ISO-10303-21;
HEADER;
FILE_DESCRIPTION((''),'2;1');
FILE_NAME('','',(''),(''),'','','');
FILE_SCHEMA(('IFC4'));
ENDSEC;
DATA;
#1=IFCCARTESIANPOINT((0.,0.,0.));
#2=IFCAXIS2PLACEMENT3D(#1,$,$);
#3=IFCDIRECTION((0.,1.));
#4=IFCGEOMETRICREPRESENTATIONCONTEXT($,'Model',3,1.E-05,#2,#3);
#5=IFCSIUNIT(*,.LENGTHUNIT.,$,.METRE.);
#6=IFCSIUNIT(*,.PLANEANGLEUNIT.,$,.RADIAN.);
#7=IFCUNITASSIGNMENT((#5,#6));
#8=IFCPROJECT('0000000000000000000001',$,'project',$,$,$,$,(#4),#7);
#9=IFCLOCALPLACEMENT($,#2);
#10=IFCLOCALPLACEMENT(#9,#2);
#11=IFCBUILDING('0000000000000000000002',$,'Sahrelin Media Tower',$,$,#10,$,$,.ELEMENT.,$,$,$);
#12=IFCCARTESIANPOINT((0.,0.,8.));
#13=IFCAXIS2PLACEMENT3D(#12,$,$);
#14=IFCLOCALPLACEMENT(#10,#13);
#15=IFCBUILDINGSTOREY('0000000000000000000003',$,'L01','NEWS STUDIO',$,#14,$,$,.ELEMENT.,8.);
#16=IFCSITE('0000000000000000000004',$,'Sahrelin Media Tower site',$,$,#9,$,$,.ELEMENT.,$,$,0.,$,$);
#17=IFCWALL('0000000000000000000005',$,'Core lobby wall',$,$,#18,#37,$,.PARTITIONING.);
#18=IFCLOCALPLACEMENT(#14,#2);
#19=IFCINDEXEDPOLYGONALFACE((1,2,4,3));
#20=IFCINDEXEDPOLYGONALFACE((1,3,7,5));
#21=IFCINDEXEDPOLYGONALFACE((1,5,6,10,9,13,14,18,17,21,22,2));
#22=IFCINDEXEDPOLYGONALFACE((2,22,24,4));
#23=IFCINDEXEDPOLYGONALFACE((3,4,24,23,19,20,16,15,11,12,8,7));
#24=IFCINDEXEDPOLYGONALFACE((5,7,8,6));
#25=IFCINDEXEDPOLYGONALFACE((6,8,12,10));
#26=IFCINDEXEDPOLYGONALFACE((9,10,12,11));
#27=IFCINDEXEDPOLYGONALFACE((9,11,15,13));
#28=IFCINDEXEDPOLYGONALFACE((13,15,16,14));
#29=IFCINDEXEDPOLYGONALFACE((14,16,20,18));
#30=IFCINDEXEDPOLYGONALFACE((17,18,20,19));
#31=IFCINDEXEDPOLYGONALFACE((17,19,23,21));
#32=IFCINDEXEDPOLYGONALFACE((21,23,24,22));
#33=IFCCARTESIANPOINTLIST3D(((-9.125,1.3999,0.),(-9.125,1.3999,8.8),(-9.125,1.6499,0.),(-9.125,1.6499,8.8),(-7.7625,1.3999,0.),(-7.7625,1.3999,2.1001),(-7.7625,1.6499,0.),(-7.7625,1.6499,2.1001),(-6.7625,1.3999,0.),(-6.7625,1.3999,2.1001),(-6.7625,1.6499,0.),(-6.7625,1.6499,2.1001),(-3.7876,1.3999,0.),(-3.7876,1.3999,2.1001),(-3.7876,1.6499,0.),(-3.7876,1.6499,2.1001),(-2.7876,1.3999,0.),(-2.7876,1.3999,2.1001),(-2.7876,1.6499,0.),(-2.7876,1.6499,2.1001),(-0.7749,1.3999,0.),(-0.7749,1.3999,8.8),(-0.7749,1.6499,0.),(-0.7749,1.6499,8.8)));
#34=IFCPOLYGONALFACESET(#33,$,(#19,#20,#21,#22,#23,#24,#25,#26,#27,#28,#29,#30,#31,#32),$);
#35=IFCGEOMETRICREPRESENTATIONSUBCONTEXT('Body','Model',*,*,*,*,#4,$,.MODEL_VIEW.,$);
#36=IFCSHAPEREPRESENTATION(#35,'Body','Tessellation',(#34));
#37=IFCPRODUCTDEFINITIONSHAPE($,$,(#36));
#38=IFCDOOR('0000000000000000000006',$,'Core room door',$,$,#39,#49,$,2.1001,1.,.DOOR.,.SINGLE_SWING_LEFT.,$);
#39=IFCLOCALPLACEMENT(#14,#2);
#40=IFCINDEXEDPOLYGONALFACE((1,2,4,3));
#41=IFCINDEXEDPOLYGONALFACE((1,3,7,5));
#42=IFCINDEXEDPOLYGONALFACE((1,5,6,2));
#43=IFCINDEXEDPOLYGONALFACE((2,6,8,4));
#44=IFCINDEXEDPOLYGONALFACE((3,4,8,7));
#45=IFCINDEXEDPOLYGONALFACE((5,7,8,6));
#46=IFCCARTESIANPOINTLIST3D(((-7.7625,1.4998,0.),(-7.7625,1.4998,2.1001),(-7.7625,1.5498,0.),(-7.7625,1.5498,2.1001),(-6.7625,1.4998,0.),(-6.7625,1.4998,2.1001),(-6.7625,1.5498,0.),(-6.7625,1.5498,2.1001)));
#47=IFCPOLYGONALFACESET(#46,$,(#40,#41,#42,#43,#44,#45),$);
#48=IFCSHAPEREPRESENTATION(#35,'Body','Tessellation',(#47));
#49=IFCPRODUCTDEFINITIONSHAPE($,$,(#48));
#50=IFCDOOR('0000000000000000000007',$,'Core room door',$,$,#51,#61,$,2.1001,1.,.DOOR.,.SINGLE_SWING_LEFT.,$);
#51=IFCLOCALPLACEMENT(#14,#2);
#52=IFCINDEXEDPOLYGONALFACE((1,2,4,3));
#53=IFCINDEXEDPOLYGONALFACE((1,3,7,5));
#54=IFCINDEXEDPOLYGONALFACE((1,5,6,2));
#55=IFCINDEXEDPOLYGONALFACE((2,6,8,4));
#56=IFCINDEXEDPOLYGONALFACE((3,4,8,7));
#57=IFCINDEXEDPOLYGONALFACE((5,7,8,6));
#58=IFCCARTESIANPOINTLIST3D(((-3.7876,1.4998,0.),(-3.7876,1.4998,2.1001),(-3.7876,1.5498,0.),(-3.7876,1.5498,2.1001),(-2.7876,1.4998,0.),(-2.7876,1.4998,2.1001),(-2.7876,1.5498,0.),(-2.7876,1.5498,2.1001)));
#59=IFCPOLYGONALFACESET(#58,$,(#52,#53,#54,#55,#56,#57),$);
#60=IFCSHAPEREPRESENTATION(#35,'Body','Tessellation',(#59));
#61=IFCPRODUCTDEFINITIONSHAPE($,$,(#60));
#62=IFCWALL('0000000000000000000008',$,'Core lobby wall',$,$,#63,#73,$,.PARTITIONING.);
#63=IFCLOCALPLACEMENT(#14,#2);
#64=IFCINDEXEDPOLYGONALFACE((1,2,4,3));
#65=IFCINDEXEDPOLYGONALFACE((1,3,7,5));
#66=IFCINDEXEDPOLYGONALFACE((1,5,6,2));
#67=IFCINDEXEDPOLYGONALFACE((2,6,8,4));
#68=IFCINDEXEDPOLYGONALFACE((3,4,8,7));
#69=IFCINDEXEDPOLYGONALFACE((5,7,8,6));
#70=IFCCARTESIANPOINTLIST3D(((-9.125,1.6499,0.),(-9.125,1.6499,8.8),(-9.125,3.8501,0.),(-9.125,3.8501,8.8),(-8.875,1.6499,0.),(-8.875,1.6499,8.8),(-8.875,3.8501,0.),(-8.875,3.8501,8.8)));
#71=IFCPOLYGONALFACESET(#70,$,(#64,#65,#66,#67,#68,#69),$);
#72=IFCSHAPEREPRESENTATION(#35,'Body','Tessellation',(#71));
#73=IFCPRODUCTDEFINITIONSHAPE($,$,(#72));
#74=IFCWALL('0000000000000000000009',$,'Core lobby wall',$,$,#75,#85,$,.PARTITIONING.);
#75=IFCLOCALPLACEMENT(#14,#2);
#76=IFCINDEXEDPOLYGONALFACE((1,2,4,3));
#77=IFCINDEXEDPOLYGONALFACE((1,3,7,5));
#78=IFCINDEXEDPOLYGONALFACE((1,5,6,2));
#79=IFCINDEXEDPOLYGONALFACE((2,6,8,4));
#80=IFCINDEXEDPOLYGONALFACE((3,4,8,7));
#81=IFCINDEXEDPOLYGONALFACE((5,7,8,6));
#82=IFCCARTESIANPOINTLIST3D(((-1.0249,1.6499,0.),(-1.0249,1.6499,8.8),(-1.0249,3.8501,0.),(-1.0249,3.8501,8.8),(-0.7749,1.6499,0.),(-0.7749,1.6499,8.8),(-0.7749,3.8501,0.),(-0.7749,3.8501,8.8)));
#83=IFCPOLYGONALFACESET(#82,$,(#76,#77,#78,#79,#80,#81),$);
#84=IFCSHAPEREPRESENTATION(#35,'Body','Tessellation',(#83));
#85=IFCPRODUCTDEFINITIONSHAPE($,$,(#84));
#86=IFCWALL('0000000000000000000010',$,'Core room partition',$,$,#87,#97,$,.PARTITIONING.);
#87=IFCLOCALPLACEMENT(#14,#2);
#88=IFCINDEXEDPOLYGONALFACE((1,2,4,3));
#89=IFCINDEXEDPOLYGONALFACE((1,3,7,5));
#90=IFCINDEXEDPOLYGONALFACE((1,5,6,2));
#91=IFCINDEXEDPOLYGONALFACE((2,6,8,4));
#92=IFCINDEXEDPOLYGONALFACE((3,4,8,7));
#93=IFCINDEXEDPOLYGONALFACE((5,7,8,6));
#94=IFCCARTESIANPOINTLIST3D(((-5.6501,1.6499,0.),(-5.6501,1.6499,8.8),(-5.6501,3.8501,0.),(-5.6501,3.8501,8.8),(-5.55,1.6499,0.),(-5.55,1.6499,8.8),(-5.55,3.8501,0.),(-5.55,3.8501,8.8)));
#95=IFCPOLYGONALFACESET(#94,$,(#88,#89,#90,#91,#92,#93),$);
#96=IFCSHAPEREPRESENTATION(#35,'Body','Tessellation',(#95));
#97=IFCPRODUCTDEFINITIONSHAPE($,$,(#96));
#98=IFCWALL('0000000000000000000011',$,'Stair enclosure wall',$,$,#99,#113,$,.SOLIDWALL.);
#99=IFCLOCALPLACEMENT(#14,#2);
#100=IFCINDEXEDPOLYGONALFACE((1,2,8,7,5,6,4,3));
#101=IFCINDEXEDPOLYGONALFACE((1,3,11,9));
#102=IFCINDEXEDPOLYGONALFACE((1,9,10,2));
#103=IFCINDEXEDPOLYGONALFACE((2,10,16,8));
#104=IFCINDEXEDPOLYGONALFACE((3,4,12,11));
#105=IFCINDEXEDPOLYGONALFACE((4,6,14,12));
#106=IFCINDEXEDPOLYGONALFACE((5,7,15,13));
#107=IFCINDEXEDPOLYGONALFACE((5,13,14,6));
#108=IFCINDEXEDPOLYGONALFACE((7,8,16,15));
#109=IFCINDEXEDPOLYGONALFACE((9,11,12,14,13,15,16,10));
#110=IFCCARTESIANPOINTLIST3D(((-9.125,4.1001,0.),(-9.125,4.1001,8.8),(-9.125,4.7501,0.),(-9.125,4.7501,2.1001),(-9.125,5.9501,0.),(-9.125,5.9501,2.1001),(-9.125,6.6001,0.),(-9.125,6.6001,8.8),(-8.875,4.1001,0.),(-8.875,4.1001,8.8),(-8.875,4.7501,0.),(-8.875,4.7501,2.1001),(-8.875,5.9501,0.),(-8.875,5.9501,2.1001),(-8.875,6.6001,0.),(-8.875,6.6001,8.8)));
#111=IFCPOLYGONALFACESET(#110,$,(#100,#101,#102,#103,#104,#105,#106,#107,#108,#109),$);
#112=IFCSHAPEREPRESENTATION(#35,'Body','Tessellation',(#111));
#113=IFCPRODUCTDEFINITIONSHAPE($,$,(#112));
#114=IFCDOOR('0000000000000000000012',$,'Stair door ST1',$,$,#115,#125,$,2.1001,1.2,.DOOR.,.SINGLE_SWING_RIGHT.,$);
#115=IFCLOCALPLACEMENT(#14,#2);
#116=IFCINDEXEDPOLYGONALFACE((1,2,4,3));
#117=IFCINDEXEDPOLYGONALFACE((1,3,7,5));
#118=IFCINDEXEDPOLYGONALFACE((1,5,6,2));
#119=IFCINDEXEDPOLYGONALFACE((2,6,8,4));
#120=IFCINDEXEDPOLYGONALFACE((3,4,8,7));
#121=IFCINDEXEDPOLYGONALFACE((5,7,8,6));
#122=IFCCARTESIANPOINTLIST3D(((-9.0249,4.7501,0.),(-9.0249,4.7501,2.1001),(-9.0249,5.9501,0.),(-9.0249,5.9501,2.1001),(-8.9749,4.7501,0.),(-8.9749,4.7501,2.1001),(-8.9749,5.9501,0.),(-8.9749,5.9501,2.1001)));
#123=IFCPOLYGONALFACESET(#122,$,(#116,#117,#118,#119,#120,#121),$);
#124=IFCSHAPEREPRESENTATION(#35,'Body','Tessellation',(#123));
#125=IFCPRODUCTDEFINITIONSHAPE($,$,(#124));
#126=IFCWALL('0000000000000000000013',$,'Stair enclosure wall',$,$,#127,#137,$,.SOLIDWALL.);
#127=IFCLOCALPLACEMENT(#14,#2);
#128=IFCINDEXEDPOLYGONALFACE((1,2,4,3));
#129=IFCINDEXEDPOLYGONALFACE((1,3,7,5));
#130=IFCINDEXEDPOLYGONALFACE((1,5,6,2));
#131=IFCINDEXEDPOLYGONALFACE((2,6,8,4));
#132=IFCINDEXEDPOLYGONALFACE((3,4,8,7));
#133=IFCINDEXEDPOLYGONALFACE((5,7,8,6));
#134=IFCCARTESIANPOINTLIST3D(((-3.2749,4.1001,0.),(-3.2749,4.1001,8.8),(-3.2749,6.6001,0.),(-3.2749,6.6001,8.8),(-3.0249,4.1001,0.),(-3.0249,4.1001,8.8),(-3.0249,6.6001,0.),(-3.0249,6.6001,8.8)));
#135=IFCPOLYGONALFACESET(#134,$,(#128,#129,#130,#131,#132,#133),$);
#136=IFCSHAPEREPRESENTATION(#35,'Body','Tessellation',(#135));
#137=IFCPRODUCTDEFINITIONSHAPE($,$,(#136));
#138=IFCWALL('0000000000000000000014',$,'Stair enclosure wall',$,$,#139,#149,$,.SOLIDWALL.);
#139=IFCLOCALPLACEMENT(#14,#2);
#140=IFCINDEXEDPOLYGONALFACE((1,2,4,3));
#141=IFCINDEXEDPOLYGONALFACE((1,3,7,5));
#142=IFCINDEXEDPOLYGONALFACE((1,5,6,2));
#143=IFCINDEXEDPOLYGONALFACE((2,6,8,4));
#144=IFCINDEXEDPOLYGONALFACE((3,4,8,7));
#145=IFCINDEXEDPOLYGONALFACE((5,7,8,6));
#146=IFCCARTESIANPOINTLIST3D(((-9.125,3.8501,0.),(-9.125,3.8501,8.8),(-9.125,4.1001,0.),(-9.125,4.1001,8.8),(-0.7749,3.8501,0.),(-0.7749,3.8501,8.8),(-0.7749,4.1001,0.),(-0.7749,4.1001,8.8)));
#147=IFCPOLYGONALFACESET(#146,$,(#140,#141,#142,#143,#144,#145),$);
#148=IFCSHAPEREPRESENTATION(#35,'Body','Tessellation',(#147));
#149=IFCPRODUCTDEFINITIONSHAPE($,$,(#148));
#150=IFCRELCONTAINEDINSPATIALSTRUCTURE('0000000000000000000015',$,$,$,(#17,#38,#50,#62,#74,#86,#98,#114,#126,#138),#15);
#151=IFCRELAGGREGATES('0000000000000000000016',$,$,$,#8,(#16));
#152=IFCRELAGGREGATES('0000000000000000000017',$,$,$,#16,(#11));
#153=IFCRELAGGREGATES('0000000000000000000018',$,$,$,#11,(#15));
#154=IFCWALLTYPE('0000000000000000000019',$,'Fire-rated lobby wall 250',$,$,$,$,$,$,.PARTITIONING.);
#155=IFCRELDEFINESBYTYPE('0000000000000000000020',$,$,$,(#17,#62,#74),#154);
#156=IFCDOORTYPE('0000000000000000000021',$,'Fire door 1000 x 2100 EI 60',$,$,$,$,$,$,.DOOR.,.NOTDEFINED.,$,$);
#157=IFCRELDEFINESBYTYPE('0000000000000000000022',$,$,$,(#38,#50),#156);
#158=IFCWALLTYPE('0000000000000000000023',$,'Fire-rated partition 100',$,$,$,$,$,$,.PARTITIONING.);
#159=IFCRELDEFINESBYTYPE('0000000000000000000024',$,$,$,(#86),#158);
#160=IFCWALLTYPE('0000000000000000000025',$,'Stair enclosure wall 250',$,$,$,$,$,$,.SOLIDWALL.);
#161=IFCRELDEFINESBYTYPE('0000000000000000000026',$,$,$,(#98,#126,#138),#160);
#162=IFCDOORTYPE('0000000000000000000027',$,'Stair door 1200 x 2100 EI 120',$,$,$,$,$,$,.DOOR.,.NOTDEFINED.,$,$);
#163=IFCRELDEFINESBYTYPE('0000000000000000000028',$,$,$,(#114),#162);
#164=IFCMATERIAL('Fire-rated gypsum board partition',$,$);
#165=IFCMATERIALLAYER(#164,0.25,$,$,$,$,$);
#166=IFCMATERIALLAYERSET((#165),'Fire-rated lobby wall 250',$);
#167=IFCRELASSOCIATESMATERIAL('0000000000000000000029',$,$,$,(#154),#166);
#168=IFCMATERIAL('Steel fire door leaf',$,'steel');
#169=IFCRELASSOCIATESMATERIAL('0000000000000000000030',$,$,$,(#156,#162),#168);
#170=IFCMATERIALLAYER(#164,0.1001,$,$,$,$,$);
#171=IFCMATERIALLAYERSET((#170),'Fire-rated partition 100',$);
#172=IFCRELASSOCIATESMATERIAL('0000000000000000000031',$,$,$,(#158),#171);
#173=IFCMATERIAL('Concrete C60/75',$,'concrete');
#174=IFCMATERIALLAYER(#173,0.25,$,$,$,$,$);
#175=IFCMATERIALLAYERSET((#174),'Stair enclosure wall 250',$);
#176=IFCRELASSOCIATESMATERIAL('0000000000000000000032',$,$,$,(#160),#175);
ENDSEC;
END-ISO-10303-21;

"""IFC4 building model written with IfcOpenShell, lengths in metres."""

from ifc_helpers import new_model, si_unit, direction, frame, frame_2d, origin, place, context, subcontext, project, spatial, rectangle, extrude, material, layer, layer_set, type_object, element, fill, save


model = new_model("IFC4")

# Units and contexts
model_context = context("Model", 3, precision=1e-05, world=origin(), true_north=direction((0.0, 1.0)))
body_context = subcontext(model_context, "Body", "Model", "MODEL_VIEW")
ifc_project = project(units=[si_unit("LENGTHUNIT", "METRE"), si_unit("PLANEANGLEUNIT", "RADIAN")], contexts=[model_context])

# Site, building, storey
site_placement = place(None, origin())
site = spatial("IfcSite", under=ifc_project, at=site_placement, Name="Sahrelin Media Tower site", CompositionType="ELEMENT", RefElevation=0.0)
building_placement = place(site_placement, origin())
building = spatial("IfcBuilding", under=site, at=building_placement, Name="Sahrelin Media Tower", CompositionType="ELEMENT")
storey_placement = place(building_placement, frame((0.0, 0.0, 8.0)))
storey = spatial("IfcBuildingStorey", under=building, at=storey_placement, Name="L01", Description="NEWS STUDIO", CompositionType="ELEMENT", Elevation=8.0)

# Wall, openings, doors
ifc_material_1 = material(Name="Fire-rated gypsum board partition")
ifc_layer_1 = layer(ifc_material_1, 0.25)
ifc_layer_set_1 = layer_set([ifc_layer_1], Name="Fire-rated lobby wall 250")
wall_type_1 = type_object("IfcWallType", Name="Fire-rated lobby wall 250", PredefinedType="PARTITIONING", material=ifc_layer_set_1)
wall_1_placement = place(storey_placement, frame((-9.125, 1.5249, 0.0), z_axis=(0.0, 0.0, 1.0), x_axis=(1.0, 0.0, 0.0)))
wall_1 = element("IfcWall", 1, at=wall_1_placement, inside=storey, type_object=wall_type_1, Name="Core lobby wall", PredefinedType="PARTITIONING", context=body_context, shape_type="SweptSolid", body=[
    extrude(rectangle(XDim=8.3501, YDim=0.25, at=frame_2d((4.175, 0.0))), origin(), (0.0, 0.0, 1.0), 8.8),
])
opening_1_placement = place(wall_1_placement, frame((1.3625, 0.0, 0.0)))
opening_1 = element("IfcOpeningElement", 2, at=opening_1_placement, cuts=wall_1, PredefinedType="OPENING", context=body_context, shape_type="SweptSolid", body=[
    extrude(rectangle(XDim=1.0, YDim=2.1001, at=frame_2d((0.5, 1.05))), frame((0.0, 0.125, 0.0), z_axis=(0.0, -1.0, 0.0), x_axis=(1.0, 0.0, 0.0)), (0.0, 0.0, 1.0), 0.25),
])
opening_2_placement = place(wall_1_placement, frame((5.3374, 0.0, 0.0)))
opening_2 = element("IfcOpeningElement", 3, at=opening_2_placement, cuts=wall_1, PredefinedType="OPENING", context=body_context, shape_type="SweptSolid", body=[
    extrude(rectangle(XDim=1.0, YDim=2.1001, at=frame_2d((0.5, 1.05))), frame((0.0, 0.125, 0.0), z_axis=(0.0, -1.0, 0.0), x_axis=(1.0, 0.0, 0.0)), (0.0, 0.0, 1.0), 0.25),
])
ifc_material_2 = material(Name="Steel fire door leaf", Category="steel")
door_type_1 = type_object("IfcDoorType", Name="Fire door 1000 x 2100 EI 60", OperationType="NOTDEFINED", PredefinedType="DOOR", material=ifc_material_2)
door_1_placement = place(opening_1_placement, origin())
door_1 = element("IfcDoor", 4, at=door_1_placement, inside=storey, type_object=door_type_1, Name="Core room door", OperationType="SINGLE_SWING_LEFT", OverallHeight=2.1001, OverallWidth=1.0, PredefinedType="DOOR", context=body_context, shape_type="SweptSolid", body=[
    extrude(rectangle(XDim=1.0, YDim=2.1001, at=frame_2d((0.5, 1.05))), frame((0.0, 0.0249, 0.0), z_axis=(0.0, -1.0, 0.0), x_axis=(1.0, 0.0, 0.0)), (0.0, 0.0, 1.0), 0.05),
])
fill(opening_1, door_1)
door_2_placement = place(opening_2_placement, origin())
door_2 = element("IfcDoor", 5, at=door_2_placement, inside=storey, type_object=door_type_1, Name="Core room door", OperationType="SINGLE_SWING_LEFT", OverallHeight=2.1001, OverallWidth=1.0, PredefinedType="DOOR", context=body_context, shape_type="SweptSolid", body=[
    extrude(rectangle(XDim=1.0, YDim=2.1001, at=frame_2d((0.5, 1.05))), frame((0.0, 0.0249, 0.0), z_axis=(0.0, -1.0, 0.0), x_axis=(1.0, 0.0, 0.0)), (0.0, 0.0, 1.0), 0.05),
])
fill(opening_2, door_2)

# Walls
for number, where, z_axis, x_axis, name in (
    (6, (-9.0, 1.6499, 0.0), (0.0, 0.0, 1.0), (0.0, 1.0, 0.0), "Core lobby wall"),
    (7, (-0.8999, 1.6499, 0.0), (0.0, 0.0, 1.0), (0.0, 1.0, 0.0), "Core lobby wall"),
):
    element("IfcWall", number, at=place(storey_placement, frame(where, z_axis=z_axis, x_axis=x_axis)), inside=storey, type_object=wall_type_1, Name=name, PredefinedType="PARTITIONING", context=body_context, shape_type="SweptSolid", body=[
        extrude(rectangle(XDim=2.2002, YDim=0.25, at=frame_2d((1.1001, 0.0))), origin(), (0.0, 0.0, 1.0), 8.8),
    ])
ifc_layer_2 = layer(ifc_material_1, 0.1001)
ifc_layer_set_2 = layer_set([ifc_layer_2], Name="Fire-rated partition 100")
wall_type_2 = type_object("IfcWallType", Name="Fire-rated partition 100", PredefinedType="PARTITIONING", material=ifc_layer_set_2)
wall_2_placement = place(storey_placement, frame((-5.6001, 1.6499, 0.0), z_axis=(0.0, 0.0, 1.0), x_axis=(0.0, 1.0, 0.0)))
element("IfcWall", 8, at=wall_2_placement, inside=storey, type_object=wall_type_2, Name="Core room partition", PredefinedType="PARTITIONING", context=body_context, shape_type="SweptSolid", body=[
    extrude(rectangle(XDim=2.2002, YDim=0.1001, at=frame_2d((1.1001, 0.0))), origin(), (0.0, 0.0, 1.0), 8.8),
])

# Wall, opening, door
ifc_material_3 = material(Name="Concrete C60/75", Category="concrete")
ifc_layer_3 = layer(ifc_material_3, 0.25)
ifc_layer_set_3 = layer_set([ifc_layer_3], Name="Stair enclosure wall 250")
wall_type_3 = type_object("IfcWallType", Name="Stair enclosure wall 250", PredefinedType="SOLIDWALL", material=ifc_layer_set_3)
wall_3_placement = place(storey_placement, frame((-9.0, 4.1001, 0.0), z_axis=(0.0, 0.0, 1.0), x_axis=(0.0, 1.0, 0.0)))
wall_3 = element("IfcWall", 9, at=wall_3_placement, inside=storey, type_object=wall_type_3, Name="Stair enclosure wall", PredefinedType="SOLIDWALL", context=body_context, shape_type="SweptSolid", body=[
    extrude(rectangle(XDim=2.5, YDim=0.25, at=frame_2d((1.25, 0.0))), origin(), (0.0, 0.0, 1.0), 8.8),
])
opening_3_placement = place(wall_3_placement, frame((0.6499, 0.0, 0.0)))
opening_3 = element("IfcOpeningElement", 10, at=opening_3_placement, cuts=wall_3, PredefinedType="OPENING", context=body_context, shape_type="SweptSolid", body=[
    extrude(rectangle(XDim=1.2, YDim=2.1001, at=frame_2d((0.6001, 1.05))), frame((0.0, 0.125, 0.0), z_axis=(0.0, -1.0, 0.0), x_axis=(1.0, 0.0, 0.0)), (0.0, 0.0, 1.0), 0.25),
])
door_type_2 = type_object("IfcDoorType", Name="Stair door 1200 x 2100 EI 120", OperationType="NOTDEFINED", PredefinedType="DOOR", material=ifc_material_2)
door_3_placement = place(opening_3_placement, origin())
door_3 = element("IfcDoor", 11, at=door_3_placement, inside=storey, type_object=door_type_2, Name="Stair door ST1", OperationType="SINGLE_SWING_RIGHT", OverallHeight=2.1001, OverallWidth=1.2, PredefinedType="DOOR", context=body_context, shape_type="SweptSolid", body=[
    extrude(rectangle(XDim=1.2, YDim=2.1001, at=frame_2d((0.6001, 1.05))), frame((0.0, 0.0249, 0.0), z_axis=(0.0, -1.0, 0.0), x_axis=(1.0, 0.0, 0.0)), (0.0, 0.0, 1.0), 0.05),
])
fill(opening_3, door_3)

# Walls
wall_4_placement = place(storey_placement, frame((-3.1499, 4.1001, 0.0), z_axis=(0.0, 0.0, 1.0), x_axis=(0.0, 1.0, 0.0)))
element("IfcWall", 12, at=wall_4_placement, inside=storey, type_object=wall_type_3, Name="Stair enclosure wall", PredefinedType="SOLIDWALL", context=body_context, shape_type="SweptSolid", body=[
    extrude(rectangle(XDim=2.5, YDim=0.25, at=frame_2d((1.25, 0.0))), origin(), (0.0, 0.0, 1.0), 8.8),
])
wall_5_placement = place(storey_placement, frame((-9.125, 3.9751, 0.0), z_axis=(0.0, 0.0, 1.0), x_axis=(1.0, 0.0, 0.0)))
element("IfcWall", 13, at=wall_5_placement, inside=storey, type_object=wall_type_3, Name="Stair enclosure wall", PredefinedType="SOLIDWALL", context=body_context, shape_type="SweptSolid", body=[
    extrude(rectangle(XDim=8.3501, YDim=0.25, at=frame_2d((4.175, 0.0))), origin(), (0.0, 0.0, 1.0), 8.8),
])

save(model, "model.ifc")
